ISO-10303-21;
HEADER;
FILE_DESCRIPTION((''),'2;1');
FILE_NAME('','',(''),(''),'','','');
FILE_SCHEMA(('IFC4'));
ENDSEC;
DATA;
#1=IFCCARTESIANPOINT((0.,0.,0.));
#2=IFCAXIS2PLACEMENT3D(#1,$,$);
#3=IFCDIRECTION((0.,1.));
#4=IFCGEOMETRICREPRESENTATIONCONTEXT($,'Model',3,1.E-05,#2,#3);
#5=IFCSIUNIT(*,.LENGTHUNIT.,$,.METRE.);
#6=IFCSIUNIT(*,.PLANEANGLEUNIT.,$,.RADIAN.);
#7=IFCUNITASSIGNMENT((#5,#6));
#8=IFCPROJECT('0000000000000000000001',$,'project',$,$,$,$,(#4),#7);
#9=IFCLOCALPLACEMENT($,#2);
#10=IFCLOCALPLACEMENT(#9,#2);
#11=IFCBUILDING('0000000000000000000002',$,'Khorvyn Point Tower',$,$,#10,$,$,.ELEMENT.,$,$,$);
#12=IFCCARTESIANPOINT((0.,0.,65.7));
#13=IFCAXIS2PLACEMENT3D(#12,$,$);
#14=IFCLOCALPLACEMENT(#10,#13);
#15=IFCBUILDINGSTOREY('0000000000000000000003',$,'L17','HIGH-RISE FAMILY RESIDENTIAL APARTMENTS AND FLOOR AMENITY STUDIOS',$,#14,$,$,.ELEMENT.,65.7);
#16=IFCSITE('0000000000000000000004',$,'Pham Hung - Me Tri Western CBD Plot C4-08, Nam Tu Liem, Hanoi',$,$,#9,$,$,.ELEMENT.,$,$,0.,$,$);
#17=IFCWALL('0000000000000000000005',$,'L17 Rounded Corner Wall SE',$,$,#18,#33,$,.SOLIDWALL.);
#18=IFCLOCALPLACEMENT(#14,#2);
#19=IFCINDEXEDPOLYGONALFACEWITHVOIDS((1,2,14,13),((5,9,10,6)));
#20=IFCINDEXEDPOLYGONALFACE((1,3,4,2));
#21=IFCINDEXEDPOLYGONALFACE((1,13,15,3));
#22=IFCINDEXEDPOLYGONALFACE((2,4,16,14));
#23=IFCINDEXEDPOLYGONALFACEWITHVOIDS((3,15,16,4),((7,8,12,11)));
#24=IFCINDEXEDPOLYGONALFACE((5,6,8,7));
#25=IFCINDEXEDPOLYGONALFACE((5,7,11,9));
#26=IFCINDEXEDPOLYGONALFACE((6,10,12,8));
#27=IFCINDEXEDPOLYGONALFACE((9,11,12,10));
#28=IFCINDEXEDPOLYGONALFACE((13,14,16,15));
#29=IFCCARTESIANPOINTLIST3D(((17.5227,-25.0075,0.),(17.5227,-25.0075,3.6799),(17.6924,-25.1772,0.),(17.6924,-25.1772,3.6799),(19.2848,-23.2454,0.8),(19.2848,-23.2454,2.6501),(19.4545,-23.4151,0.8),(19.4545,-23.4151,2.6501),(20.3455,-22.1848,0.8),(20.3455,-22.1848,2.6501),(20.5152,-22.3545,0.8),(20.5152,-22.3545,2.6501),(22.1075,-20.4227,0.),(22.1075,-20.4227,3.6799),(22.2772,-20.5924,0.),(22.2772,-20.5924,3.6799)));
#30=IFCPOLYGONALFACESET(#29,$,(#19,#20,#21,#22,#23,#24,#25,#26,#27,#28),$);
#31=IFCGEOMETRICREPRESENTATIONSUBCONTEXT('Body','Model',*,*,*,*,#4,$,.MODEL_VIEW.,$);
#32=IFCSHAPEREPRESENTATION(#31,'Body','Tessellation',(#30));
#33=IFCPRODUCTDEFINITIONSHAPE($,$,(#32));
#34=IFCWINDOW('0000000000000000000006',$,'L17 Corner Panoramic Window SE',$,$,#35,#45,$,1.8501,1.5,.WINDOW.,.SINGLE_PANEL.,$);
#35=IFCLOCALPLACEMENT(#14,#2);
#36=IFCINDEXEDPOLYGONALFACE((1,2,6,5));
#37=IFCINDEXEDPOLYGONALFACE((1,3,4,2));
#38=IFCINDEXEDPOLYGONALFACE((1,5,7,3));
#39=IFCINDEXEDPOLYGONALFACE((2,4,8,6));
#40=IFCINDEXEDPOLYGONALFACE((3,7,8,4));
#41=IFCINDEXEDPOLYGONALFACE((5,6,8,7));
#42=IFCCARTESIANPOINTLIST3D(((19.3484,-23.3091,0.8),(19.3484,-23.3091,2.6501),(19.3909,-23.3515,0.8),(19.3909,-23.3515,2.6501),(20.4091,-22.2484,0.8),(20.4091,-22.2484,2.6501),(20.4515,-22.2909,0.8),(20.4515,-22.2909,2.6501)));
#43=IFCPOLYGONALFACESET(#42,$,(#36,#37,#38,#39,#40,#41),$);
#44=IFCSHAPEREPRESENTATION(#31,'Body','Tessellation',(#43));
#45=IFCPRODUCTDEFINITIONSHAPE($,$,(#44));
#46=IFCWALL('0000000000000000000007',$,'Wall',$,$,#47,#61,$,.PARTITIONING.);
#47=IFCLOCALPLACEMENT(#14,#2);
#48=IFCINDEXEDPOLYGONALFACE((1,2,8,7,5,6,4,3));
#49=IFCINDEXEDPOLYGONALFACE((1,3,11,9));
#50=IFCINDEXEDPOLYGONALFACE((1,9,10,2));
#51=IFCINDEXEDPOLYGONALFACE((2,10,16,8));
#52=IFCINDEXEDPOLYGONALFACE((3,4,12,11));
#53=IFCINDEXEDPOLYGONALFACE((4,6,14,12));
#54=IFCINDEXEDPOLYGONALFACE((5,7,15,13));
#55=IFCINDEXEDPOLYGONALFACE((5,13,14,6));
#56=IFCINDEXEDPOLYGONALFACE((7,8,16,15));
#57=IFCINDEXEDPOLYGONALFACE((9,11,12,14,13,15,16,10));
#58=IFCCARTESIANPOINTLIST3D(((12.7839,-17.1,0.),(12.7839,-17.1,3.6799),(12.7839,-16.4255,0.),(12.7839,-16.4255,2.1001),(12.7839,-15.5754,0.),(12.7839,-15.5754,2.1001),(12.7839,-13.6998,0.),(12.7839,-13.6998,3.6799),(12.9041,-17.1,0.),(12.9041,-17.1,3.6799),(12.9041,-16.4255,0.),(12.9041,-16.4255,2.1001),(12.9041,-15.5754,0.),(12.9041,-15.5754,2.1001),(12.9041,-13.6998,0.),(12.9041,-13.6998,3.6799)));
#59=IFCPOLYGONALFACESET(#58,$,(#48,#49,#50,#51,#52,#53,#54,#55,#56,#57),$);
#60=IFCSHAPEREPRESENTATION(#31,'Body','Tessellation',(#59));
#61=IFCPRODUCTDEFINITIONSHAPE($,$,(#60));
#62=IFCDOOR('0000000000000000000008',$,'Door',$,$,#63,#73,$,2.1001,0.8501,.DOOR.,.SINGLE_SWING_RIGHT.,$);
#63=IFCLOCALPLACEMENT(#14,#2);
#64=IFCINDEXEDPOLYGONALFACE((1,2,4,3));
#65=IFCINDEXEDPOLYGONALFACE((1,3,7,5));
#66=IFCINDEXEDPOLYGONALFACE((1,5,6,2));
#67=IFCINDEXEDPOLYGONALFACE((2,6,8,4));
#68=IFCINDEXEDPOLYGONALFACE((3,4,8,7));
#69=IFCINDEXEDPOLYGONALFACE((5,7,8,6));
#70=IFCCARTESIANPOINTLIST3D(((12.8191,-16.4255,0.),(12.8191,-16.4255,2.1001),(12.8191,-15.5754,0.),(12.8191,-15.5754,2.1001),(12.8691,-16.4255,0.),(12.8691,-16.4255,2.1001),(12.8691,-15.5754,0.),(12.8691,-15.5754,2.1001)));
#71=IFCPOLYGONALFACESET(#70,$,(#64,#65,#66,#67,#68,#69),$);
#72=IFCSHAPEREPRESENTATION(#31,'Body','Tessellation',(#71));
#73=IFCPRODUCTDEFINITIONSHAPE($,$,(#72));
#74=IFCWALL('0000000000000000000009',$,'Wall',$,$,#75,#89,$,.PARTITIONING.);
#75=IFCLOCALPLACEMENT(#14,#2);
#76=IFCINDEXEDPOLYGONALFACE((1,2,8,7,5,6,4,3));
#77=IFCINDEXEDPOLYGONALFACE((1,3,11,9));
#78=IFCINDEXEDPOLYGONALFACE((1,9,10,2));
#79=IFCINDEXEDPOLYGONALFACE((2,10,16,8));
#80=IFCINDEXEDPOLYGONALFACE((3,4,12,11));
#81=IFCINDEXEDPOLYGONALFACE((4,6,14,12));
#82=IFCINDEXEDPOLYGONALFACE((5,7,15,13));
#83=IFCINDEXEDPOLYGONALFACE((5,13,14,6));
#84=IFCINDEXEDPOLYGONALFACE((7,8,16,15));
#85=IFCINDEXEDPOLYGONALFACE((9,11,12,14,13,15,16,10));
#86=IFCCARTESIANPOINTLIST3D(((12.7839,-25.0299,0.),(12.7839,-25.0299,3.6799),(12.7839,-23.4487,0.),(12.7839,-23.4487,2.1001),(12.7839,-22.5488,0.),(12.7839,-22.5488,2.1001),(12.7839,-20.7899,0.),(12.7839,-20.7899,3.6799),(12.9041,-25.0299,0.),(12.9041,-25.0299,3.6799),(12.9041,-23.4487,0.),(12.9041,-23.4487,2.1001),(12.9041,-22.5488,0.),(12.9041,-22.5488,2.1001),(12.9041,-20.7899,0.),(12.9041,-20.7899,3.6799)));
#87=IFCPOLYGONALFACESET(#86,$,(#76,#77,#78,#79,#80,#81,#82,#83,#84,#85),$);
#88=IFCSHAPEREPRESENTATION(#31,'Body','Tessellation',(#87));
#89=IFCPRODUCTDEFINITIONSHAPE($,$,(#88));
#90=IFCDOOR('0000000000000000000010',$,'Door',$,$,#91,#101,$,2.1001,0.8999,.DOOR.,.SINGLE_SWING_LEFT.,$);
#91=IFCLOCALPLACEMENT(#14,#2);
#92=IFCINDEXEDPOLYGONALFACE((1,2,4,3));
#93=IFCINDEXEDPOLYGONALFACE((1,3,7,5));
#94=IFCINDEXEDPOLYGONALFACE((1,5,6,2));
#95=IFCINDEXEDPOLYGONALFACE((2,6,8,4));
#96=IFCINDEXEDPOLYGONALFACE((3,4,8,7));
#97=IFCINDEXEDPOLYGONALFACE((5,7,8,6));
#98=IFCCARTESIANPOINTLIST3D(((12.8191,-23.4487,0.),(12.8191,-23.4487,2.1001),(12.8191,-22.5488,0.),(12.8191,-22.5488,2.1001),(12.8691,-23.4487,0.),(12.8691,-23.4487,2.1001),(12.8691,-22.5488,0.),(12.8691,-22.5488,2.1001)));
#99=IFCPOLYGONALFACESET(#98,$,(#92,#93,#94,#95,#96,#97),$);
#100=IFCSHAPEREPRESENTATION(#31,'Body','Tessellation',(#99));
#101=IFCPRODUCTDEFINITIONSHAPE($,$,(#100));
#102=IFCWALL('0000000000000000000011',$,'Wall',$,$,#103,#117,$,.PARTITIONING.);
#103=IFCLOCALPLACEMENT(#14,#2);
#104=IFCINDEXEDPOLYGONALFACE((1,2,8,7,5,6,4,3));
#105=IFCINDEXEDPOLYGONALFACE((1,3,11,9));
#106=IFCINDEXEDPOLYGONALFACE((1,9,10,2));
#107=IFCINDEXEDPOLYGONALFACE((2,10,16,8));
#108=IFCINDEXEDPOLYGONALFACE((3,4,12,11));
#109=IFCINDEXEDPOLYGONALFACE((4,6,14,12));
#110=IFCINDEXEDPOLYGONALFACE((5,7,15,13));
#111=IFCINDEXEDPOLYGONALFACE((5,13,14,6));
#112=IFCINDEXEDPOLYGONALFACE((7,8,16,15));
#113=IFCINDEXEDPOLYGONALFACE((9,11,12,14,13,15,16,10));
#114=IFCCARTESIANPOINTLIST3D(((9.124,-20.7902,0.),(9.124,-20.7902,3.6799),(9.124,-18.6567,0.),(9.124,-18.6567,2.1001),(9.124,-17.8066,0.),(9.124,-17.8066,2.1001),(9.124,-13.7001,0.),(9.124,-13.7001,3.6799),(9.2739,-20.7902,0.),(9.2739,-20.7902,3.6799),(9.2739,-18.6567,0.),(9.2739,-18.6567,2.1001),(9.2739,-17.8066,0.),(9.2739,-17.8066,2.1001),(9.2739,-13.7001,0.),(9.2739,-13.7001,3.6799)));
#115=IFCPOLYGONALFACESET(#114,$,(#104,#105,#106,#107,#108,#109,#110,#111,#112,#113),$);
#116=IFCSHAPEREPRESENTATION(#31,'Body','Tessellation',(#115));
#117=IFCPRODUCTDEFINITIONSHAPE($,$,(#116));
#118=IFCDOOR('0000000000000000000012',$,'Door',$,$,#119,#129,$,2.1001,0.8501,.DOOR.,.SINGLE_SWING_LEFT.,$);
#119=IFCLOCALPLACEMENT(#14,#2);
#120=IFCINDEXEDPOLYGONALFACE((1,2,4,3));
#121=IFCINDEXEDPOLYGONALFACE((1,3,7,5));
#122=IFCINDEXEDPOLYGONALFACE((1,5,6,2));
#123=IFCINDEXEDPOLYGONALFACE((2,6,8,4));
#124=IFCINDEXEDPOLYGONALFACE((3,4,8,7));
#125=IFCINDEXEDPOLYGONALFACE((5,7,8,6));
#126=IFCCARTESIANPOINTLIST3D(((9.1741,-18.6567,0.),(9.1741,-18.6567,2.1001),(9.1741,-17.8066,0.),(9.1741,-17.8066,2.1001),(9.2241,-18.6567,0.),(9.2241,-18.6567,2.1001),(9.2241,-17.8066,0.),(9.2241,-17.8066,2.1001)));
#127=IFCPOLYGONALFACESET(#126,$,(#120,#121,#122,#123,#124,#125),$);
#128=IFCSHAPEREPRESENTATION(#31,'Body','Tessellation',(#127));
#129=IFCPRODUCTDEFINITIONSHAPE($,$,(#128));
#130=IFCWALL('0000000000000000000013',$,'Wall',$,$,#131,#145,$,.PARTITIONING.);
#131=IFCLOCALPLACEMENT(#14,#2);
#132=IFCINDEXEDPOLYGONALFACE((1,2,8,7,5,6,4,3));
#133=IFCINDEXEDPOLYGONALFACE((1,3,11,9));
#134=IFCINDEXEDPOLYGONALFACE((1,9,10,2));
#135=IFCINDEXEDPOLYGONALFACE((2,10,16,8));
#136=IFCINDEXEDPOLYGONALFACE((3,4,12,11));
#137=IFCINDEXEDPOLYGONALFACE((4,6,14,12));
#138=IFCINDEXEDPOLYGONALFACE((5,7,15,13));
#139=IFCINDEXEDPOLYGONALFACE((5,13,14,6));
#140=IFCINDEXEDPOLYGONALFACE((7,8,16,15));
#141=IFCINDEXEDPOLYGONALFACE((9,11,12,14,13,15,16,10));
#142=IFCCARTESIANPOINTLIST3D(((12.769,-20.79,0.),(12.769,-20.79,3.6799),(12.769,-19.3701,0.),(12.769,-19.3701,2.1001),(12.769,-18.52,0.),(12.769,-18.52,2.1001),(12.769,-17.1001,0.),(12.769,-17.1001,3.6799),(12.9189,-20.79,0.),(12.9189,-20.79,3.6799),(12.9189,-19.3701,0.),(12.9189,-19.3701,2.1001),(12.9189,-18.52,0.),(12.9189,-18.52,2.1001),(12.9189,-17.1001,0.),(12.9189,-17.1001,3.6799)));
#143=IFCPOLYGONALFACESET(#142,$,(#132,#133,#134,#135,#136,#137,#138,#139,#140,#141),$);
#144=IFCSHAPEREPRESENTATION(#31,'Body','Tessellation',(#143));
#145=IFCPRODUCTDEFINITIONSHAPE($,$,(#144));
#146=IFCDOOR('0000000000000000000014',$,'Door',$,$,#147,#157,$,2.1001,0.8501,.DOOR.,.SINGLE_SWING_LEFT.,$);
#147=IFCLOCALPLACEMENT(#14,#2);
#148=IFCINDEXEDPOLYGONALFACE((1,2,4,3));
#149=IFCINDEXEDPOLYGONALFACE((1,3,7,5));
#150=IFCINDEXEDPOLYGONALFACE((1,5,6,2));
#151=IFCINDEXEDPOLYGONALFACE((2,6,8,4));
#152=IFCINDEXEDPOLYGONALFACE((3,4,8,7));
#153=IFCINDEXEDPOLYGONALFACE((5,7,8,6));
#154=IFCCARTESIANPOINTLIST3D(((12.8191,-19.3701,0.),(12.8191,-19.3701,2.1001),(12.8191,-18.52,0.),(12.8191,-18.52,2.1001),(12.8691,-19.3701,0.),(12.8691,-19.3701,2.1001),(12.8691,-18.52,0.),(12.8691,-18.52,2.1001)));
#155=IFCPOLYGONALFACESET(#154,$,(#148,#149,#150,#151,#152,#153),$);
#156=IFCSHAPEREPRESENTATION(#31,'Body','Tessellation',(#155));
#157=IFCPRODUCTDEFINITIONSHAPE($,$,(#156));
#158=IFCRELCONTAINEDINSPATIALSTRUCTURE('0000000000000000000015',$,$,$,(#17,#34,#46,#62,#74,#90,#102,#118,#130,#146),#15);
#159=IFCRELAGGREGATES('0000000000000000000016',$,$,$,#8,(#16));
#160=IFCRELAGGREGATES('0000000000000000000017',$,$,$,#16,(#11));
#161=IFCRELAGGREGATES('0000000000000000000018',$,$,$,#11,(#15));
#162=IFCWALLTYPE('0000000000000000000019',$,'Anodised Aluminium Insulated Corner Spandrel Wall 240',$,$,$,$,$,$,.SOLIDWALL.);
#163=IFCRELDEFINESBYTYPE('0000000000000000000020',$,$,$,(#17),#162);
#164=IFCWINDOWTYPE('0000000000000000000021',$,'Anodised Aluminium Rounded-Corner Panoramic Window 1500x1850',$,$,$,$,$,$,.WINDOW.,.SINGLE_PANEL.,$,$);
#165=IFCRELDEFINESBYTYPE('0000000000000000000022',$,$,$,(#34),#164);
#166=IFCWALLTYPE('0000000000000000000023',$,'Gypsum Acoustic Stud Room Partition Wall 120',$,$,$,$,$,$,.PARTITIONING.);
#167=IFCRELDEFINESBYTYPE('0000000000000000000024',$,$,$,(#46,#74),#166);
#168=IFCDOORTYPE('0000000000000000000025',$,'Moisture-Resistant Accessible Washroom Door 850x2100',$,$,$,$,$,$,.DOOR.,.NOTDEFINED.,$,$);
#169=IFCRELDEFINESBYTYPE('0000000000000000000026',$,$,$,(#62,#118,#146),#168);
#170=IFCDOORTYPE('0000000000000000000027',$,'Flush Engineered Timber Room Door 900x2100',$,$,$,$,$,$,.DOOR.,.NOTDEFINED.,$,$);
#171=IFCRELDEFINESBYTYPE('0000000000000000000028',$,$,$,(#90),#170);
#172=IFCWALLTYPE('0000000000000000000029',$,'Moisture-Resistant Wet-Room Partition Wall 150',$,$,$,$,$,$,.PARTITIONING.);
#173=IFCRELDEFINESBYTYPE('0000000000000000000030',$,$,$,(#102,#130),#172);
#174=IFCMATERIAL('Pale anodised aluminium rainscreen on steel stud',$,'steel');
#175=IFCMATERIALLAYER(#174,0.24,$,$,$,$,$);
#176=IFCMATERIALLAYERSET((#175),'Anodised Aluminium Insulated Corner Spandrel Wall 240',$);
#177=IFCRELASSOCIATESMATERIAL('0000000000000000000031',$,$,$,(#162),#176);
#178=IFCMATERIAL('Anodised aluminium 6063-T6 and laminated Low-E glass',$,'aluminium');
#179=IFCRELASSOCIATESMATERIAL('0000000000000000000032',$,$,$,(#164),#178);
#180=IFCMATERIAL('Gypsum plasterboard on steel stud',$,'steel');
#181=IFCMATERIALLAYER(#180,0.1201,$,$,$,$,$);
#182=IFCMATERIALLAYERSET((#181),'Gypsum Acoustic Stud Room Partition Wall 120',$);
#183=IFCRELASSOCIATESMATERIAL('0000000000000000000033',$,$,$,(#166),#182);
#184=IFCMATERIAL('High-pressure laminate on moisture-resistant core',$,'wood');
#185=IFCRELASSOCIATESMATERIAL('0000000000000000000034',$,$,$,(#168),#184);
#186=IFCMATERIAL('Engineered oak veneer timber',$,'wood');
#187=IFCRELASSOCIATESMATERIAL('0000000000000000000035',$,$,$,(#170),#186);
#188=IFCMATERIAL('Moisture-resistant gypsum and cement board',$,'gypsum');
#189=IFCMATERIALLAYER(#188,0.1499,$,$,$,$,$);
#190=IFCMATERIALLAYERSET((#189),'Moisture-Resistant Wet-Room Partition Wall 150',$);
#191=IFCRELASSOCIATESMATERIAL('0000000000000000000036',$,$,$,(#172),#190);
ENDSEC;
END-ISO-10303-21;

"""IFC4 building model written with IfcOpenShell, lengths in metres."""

from ifc_helpers import new_model, si_unit, direction, frame, frame_2d, origin, place, context, subcontext, project, spatial, rectangle, extrude, material, layer, layer_set, type_object, element, fill, save


model = new_model("IFC4")

# Units and contexts
model_context = context("Model", 3, precision=1e-05, world=origin(), true_north=direction((0.0, 1.0)))
body_context = subcontext(model_context, "Body", "Model", "MODEL_VIEW")
ifc_project = project(units=[si_unit("LENGTHUNIT", "METRE"), si_unit("PLANEANGLEUNIT", "RADIAN")], contexts=[model_context])

# Site, building, storey
site_placement = place(None, origin())
site = spatial("IfcSite", under=ifc_project, at=site_placement, Name="Pham Hung - Me Tri Western CBD Plot C4-08, Nam Tu Liem, Hanoi", CompositionType="ELEMENT", RefElevation=0.0)
building_placement = place(site_placement, origin())
building = spatial("IfcBuilding", under=site, at=building_placement, Name="Khorvyn Point Tower", CompositionType="ELEMENT")
storey_placement = place(building_placement, frame((0.0, 0.0, 65.7)))
storey = spatial("IfcBuildingStorey", under=building, at=storey_placement, Name="L17", Description="HIGH-RISE FAMILY RESIDENTIAL APARTMENTS AND FLOOR AMENITY STUDIOS", CompositionType="ELEMENT", Elevation=65.7)

# Shared definitions
ifc_material_1 = material(Name="Anodised aluminium 6063-T6 and laminated Low-E glass", Category="aluminium")

# Wall, opening, window
ifc_material_2 = material(Name="Pale anodised aluminium rainscreen on steel stud", Category="steel")
ifc_layer_1 = layer(ifc_material_2, 0.24)
ifc_layer_set_1 = layer_set([ifc_layer_1], Name="Anodised Aluminium Insulated Corner Spandrel Wall 240")
wall_type_1 = type_object("IfcWallType", Name="Anodised Aluminium Insulated Corner Spandrel Wall 240", PredefinedType="SOLIDWALL", material=ifc_layer_set_1)
wall_1_placement = place(storey_placement, frame((22.1924, -20.5076, 0.0), z_axis=(0.0, 0.0, 1.0), x_axis=(-0.707107, -0.707107, 0.0)))
wall_1 = element("IfcWall", 1, at=wall_1_placement, inside=storey, type_object=wall_type_1, Name="L17 Rounded Corner Wall SE", PredefinedType="SOLIDWALL", context=body_context, shape_type="SweptSolid", body=[
    extrude(rectangle(XDim=6.4839, YDim=0.24, at=frame_2d((3.2419, 0.0))), origin(), (0.0, 0.0, 1.0), 3.6799),
])
opening_1_placement = place(wall_1_placement, frame((2.4919, 0.0, 0.8)))
opening_1 = element("IfcOpeningElement", 2, at=opening_1_placement, cuts=wall_1, PredefinedType="OPENING", context=body_context, shape_type="SweptSolid", body=[
    extrude(rectangle(XDim=1.5, YDim=1.8501, at=frame_2d((0.75, 0.925))), frame((0.0, 0.1299, 0.0), z_axis=(0.0, -1.0, 0.0), x_axis=(1.0, 0.0, 0.0)), (0.0, 0.0, 1.0), 0.26),
])
window_type = type_object("IfcWindowType", Name="Anodised Aluminium Rounded-Corner Panoramic Window 1500x1850", PartitioningType="SINGLE_PANEL", PredefinedType="WINDOW", material=ifc_material_1)
window_placement = place(opening_1_placement, origin())
window = element("IfcWindow", 3, at=window_placement, inside=storey, type_object=window_type, Name="L17 Corner Panoramic Window SE", OverallHeight=1.8501, OverallWidth=1.5, PartitioningType="SINGLE_PANEL", PredefinedType="WINDOW", context=body_context, shape_type="SweptSolid", body=[
    extrude(rectangle(XDim=1.5, YDim=1.8501, at=frame_2d((0.75, 0.925))), frame((0.0, 0.03, 0.0), z_axis=(0.0, -1.0, 0.0), x_axis=(1.0, 0.0, 0.0)), (0.0, 0.0, 1.0), 0.0601),
])
fill(opening_1, window)

# Walls, openings, doors
ifc_material_3 = material(Name="Gypsum plasterboard on steel stud", Category="steel")
ifc_layer_2 = layer(ifc_material_3, 0.1201)
ifc_layer_set_2 = layer_set([ifc_layer_2], Name="Gypsum Acoustic Stud Room Partition Wall 120")
wall_type_2 = type_object("IfcWallType", Name="Gypsum Acoustic Stud Room Partition Wall 120", PredefinedType="PARTITIONING", material=ifc_layer_set_2)
wall_2_placement = place(storey_placement, frame((12.844, -17.1001, 0.0), z_axis=(0.0, 0.0, 1.0), x_axis=(0.0, 1.0, 0.0)))
wall_2 = element("IfcWall", 4, at=wall_2_placement, inside=storey, type_object=wall_type_2, Name="Wall", PredefinedType="PARTITIONING", context=body_context, shape_type="SweptSolid", body=[
    extrude(rectangle(XDim=3.4001, YDim=0.1201, at=frame_2d((1.7002, 0.0))), origin(), (0.0, 0.0, 1.0), 3.6799),
])
opening_2_placement = place(wall_2_placement, frame((0.6746, 0.0, 0.0)))
opening_2 = element("IfcOpeningElement", 5, at=opening_2_placement, cuts=wall_2, PredefinedType="OPENING", context=body_context, shape_type="SweptSolid", body=[
    extrude(rectangle(XDim=0.8501, YDim=2.1001, at=frame_2d((0.425, 1.05))), frame((0.0, 0.0701, 0.0), z_axis=(0.0, -1.0, 0.0), x_axis=(1.0, 0.0, 0.0)), (0.0, 0.0, 1.0), 0.1401),
])
ifc_material_4 = material(Name="High-pressure laminate on moisture-resistant core", Category="wood")
door_type_1 = type_object("IfcDoorType", Name="Moisture-Resistant Accessible Washroom Door 850x2100", OperationType="NOTDEFINED", PredefinedType="DOOR", material=ifc_material_4)
door_1_placement = place(opening_2_placement, origin())
door_1 = element("IfcDoor", 6, at=door_1_placement, inside=storey, type_object=door_type_1, Name="Door", OperationType="SINGLE_SWING_RIGHT", OverallHeight=2.1001, OverallWidth=0.8501, PredefinedType="DOOR", context=body_context, shape_type="SweptSolid", body=[
    extrude(rectangle(XDim=0.8501, YDim=2.1001, at=frame_2d((0.425, 1.05))), frame((0.0, 0.0249, 0.0), z_axis=(0.0, -1.0, 0.0), x_axis=(1.0, 0.0, 0.0)), (0.0, 0.0, 1.0), 0.05),
])
fill(opening_2, door_1)
wall_3_placement = place(storey_placement, frame((12.844, -25.03, 0.0), z_axis=(0.0, 0.0, 1.0), x_axis=(0.0, 1.0, 0.0)))
wall_3 = element("IfcWall", 7, at=wall_3_placement, inside=storey, type_object=wall_type_2, Name="Wall", PredefinedType="PARTITIONING", context=body_context, shape_type="SweptSolid", body=[
    extrude(rectangle(XDim=4.24, YDim=0.1201, at=frame_2d((2.1201, 0.0))), origin(), (0.0, 0.0, 1.0), 3.6799),
])
opening_3_placement = place(wall_3_placement, frame((1.5813, 0.0, 0.0)))
opening_3 = element("IfcOpeningElement", 8, at=opening_3_placement, cuts=wall_3, PredefinedType="OPENING", context=body_context, shape_type="SweptSolid", body=[
    extrude(rectangle(XDim=0.8999, YDim=2.1001, at=frame_2d((0.45, 1.05))), frame((0.0, 0.0701, 0.0), z_axis=(0.0, -1.0, 0.0), x_axis=(1.0, 0.0, 0.0)), (0.0, 0.0, 1.0), 0.1401),
])
ifc_material_5 = material(Name="Engineered oak veneer timber", Category="wood")
door_type_2 = type_object("IfcDoorType", Name="Flush Engineered Timber Room Door 900x2100", OperationType="NOTDEFINED", PredefinedType="DOOR", material=ifc_material_5)
door_2_placement = place(opening_3_placement, origin())
door_2 = element("IfcDoor", 9, at=door_2_placement, inside=storey, type_object=door_type_2, Name="Door", OperationType="SINGLE_SWING_LEFT", OverallHeight=2.1001, OverallWidth=0.8999, PredefinedType="DOOR", context=body_context, shape_type="SweptSolid", body=[
    extrude(rectangle(XDim=0.8999, YDim=2.1001, at=frame_2d((0.45, 1.05))), frame((0.0, 0.0249, 0.0), z_axis=(0.0, -1.0, 0.0), x_axis=(1.0, 0.0, 0.0)), (0.0, 0.0, 1.0), 0.05),
])
fill(opening_3, door_2)
ifc_material_6 = material(Name="Moisture-resistant gypsum and cement board", Category="gypsum")
ifc_layer_3 = layer(ifc_material_6, 0.1499)
ifc_layer_set_3 = layer_set([ifc_layer_3], Name="Moisture-Resistant Wet-Room Partition Wall 150")
wall_type_3 = type_object("IfcWallType", Name="Moisture-Resistant Wet-Room Partition Wall 150", PredefinedType="PARTITIONING", material=ifc_layer_set_3)
wall_4_placement = place(storey_placement, frame((9.199, -20.79, 0.0), z_axis=(0.0, 0.0, 1.0), x_axis=(0.0, 1.0, 0.0)))
wall_4 = element("IfcWall", 10, at=wall_4_placement, inside=storey, type_object=wall_type_3, Name="Wall", PredefinedType="PARTITIONING", context=body_context, shape_type="SweptSolid", body=[
    extrude(rectangle(XDim=7.0901, YDim=0.1499, at=frame_2d((3.5449, 0.0))), origin(), (0.0, 0.0, 1.0), 3.6799),
])
opening_4_placement = place(wall_4_placement, frame((2.1333, 0.0, 0.0)))
opening_4 = element("IfcOpeningElement", 11, at=opening_4_placement, cuts=wall_4, PredefinedType="OPENING", context=body_context, shape_type="SweptSolid", body=[
    extrude(rectangle(XDim=0.8501, YDim=2.1001, at=frame_2d((0.425, 1.05))), frame((0.0, 0.085, 0.0), z_axis=(0.0, -1.0, 0.0), x_axis=(1.0, 0.0, 0.0)), (0.0, 0.0, 1.0), 0.1699),
])
door_3_placement = place(opening_4_placement, origin())
door_3 = element("IfcDoor", 12, at=door_3_placement, inside=storey, type_object=door_type_1, Name="Door", OperationType="SINGLE_SWING_LEFT", OverallHeight=2.1001, OverallWidth=0.8501, PredefinedType="DOOR", context=body_context, shape_type="SweptSolid", body=[
    extrude(rectangle(XDim=0.8501, YDim=2.1001, at=frame_2d((0.425, 1.05))), frame((0.0, 0.0249, 0.0), z_axis=(0.0, -1.0, 0.0), x_axis=(1.0, 0.0, 0.0)), (0.0, 0.0, 1.0), 0.05),
])
fill(opening_4, door_3)
wall_5_placement = place(storey_placement, frame((12.844, -20.79, 0.0), z_axis=(0.0, 0.0, 1.0), x_axis=(0.0, 1.0, 0.0)))
wall_5 = element("IfcWall", 13, at=wall_5_placement, inside=storey, type_object=wall_type_3, Name="Wall", PredefinedType="PARTITIONING", context=body_context, shape_type="SweptSolid", body=[
    extrude(rectangle(XDim=3.6899, YDim=0.1499, at=frame_2d((1.845, 0.0))), origin(), (0.0, 0.0, 1.0), 3.6799),
])
opening_5_placement = place(wall_5_placement, frame((1.4199, 0.0, 0.0)))
opening_5 = element("IfcOpeningElement", 14, at=opening_5_placement, cuts=wall_5, PredefinedType="OPENING", context=body_context, shape_type="SweptSolid", body=[
    extrude(rectangle(XDim=0.8501, YDim=2.1001, at=frame_2d((0.425, 1.05))), frame((0.0, 0.085, 0.0), z_axis=(0.0, -1.0, 0.0), x_axis=(1.0, 0.0, 0.0)), (0.0, 0.0, 1.0), 0.1699),
])
door_4_placement = place(opening_5_placement, origin())
door_4 = element("IfcDoor", 15, at=door_4_placement, inside=storey, type_object=door_type_1, Name="Door", OperationType="SINGLE_SWING_LEFT", OverallHeight=2.1001, OverallWidth=0.8501, PredefinedType="DOOR", context=body_context, shape_type="SweptSolid", body=[
    extrude(rectangle(XDim=0.8501, YDim=2.1001, at=frame_2d((0.425, 1.05))), frame((0.0, 0.0249, 0.0), z_axis=(0.0, -1.0, 0.0), x_axis=(1.0, 0.0, 0.0)), (0.0, 0.0, 1.0), 0.05),
])
fill(opening_5, door_4)

save(model, "model.ifc")
